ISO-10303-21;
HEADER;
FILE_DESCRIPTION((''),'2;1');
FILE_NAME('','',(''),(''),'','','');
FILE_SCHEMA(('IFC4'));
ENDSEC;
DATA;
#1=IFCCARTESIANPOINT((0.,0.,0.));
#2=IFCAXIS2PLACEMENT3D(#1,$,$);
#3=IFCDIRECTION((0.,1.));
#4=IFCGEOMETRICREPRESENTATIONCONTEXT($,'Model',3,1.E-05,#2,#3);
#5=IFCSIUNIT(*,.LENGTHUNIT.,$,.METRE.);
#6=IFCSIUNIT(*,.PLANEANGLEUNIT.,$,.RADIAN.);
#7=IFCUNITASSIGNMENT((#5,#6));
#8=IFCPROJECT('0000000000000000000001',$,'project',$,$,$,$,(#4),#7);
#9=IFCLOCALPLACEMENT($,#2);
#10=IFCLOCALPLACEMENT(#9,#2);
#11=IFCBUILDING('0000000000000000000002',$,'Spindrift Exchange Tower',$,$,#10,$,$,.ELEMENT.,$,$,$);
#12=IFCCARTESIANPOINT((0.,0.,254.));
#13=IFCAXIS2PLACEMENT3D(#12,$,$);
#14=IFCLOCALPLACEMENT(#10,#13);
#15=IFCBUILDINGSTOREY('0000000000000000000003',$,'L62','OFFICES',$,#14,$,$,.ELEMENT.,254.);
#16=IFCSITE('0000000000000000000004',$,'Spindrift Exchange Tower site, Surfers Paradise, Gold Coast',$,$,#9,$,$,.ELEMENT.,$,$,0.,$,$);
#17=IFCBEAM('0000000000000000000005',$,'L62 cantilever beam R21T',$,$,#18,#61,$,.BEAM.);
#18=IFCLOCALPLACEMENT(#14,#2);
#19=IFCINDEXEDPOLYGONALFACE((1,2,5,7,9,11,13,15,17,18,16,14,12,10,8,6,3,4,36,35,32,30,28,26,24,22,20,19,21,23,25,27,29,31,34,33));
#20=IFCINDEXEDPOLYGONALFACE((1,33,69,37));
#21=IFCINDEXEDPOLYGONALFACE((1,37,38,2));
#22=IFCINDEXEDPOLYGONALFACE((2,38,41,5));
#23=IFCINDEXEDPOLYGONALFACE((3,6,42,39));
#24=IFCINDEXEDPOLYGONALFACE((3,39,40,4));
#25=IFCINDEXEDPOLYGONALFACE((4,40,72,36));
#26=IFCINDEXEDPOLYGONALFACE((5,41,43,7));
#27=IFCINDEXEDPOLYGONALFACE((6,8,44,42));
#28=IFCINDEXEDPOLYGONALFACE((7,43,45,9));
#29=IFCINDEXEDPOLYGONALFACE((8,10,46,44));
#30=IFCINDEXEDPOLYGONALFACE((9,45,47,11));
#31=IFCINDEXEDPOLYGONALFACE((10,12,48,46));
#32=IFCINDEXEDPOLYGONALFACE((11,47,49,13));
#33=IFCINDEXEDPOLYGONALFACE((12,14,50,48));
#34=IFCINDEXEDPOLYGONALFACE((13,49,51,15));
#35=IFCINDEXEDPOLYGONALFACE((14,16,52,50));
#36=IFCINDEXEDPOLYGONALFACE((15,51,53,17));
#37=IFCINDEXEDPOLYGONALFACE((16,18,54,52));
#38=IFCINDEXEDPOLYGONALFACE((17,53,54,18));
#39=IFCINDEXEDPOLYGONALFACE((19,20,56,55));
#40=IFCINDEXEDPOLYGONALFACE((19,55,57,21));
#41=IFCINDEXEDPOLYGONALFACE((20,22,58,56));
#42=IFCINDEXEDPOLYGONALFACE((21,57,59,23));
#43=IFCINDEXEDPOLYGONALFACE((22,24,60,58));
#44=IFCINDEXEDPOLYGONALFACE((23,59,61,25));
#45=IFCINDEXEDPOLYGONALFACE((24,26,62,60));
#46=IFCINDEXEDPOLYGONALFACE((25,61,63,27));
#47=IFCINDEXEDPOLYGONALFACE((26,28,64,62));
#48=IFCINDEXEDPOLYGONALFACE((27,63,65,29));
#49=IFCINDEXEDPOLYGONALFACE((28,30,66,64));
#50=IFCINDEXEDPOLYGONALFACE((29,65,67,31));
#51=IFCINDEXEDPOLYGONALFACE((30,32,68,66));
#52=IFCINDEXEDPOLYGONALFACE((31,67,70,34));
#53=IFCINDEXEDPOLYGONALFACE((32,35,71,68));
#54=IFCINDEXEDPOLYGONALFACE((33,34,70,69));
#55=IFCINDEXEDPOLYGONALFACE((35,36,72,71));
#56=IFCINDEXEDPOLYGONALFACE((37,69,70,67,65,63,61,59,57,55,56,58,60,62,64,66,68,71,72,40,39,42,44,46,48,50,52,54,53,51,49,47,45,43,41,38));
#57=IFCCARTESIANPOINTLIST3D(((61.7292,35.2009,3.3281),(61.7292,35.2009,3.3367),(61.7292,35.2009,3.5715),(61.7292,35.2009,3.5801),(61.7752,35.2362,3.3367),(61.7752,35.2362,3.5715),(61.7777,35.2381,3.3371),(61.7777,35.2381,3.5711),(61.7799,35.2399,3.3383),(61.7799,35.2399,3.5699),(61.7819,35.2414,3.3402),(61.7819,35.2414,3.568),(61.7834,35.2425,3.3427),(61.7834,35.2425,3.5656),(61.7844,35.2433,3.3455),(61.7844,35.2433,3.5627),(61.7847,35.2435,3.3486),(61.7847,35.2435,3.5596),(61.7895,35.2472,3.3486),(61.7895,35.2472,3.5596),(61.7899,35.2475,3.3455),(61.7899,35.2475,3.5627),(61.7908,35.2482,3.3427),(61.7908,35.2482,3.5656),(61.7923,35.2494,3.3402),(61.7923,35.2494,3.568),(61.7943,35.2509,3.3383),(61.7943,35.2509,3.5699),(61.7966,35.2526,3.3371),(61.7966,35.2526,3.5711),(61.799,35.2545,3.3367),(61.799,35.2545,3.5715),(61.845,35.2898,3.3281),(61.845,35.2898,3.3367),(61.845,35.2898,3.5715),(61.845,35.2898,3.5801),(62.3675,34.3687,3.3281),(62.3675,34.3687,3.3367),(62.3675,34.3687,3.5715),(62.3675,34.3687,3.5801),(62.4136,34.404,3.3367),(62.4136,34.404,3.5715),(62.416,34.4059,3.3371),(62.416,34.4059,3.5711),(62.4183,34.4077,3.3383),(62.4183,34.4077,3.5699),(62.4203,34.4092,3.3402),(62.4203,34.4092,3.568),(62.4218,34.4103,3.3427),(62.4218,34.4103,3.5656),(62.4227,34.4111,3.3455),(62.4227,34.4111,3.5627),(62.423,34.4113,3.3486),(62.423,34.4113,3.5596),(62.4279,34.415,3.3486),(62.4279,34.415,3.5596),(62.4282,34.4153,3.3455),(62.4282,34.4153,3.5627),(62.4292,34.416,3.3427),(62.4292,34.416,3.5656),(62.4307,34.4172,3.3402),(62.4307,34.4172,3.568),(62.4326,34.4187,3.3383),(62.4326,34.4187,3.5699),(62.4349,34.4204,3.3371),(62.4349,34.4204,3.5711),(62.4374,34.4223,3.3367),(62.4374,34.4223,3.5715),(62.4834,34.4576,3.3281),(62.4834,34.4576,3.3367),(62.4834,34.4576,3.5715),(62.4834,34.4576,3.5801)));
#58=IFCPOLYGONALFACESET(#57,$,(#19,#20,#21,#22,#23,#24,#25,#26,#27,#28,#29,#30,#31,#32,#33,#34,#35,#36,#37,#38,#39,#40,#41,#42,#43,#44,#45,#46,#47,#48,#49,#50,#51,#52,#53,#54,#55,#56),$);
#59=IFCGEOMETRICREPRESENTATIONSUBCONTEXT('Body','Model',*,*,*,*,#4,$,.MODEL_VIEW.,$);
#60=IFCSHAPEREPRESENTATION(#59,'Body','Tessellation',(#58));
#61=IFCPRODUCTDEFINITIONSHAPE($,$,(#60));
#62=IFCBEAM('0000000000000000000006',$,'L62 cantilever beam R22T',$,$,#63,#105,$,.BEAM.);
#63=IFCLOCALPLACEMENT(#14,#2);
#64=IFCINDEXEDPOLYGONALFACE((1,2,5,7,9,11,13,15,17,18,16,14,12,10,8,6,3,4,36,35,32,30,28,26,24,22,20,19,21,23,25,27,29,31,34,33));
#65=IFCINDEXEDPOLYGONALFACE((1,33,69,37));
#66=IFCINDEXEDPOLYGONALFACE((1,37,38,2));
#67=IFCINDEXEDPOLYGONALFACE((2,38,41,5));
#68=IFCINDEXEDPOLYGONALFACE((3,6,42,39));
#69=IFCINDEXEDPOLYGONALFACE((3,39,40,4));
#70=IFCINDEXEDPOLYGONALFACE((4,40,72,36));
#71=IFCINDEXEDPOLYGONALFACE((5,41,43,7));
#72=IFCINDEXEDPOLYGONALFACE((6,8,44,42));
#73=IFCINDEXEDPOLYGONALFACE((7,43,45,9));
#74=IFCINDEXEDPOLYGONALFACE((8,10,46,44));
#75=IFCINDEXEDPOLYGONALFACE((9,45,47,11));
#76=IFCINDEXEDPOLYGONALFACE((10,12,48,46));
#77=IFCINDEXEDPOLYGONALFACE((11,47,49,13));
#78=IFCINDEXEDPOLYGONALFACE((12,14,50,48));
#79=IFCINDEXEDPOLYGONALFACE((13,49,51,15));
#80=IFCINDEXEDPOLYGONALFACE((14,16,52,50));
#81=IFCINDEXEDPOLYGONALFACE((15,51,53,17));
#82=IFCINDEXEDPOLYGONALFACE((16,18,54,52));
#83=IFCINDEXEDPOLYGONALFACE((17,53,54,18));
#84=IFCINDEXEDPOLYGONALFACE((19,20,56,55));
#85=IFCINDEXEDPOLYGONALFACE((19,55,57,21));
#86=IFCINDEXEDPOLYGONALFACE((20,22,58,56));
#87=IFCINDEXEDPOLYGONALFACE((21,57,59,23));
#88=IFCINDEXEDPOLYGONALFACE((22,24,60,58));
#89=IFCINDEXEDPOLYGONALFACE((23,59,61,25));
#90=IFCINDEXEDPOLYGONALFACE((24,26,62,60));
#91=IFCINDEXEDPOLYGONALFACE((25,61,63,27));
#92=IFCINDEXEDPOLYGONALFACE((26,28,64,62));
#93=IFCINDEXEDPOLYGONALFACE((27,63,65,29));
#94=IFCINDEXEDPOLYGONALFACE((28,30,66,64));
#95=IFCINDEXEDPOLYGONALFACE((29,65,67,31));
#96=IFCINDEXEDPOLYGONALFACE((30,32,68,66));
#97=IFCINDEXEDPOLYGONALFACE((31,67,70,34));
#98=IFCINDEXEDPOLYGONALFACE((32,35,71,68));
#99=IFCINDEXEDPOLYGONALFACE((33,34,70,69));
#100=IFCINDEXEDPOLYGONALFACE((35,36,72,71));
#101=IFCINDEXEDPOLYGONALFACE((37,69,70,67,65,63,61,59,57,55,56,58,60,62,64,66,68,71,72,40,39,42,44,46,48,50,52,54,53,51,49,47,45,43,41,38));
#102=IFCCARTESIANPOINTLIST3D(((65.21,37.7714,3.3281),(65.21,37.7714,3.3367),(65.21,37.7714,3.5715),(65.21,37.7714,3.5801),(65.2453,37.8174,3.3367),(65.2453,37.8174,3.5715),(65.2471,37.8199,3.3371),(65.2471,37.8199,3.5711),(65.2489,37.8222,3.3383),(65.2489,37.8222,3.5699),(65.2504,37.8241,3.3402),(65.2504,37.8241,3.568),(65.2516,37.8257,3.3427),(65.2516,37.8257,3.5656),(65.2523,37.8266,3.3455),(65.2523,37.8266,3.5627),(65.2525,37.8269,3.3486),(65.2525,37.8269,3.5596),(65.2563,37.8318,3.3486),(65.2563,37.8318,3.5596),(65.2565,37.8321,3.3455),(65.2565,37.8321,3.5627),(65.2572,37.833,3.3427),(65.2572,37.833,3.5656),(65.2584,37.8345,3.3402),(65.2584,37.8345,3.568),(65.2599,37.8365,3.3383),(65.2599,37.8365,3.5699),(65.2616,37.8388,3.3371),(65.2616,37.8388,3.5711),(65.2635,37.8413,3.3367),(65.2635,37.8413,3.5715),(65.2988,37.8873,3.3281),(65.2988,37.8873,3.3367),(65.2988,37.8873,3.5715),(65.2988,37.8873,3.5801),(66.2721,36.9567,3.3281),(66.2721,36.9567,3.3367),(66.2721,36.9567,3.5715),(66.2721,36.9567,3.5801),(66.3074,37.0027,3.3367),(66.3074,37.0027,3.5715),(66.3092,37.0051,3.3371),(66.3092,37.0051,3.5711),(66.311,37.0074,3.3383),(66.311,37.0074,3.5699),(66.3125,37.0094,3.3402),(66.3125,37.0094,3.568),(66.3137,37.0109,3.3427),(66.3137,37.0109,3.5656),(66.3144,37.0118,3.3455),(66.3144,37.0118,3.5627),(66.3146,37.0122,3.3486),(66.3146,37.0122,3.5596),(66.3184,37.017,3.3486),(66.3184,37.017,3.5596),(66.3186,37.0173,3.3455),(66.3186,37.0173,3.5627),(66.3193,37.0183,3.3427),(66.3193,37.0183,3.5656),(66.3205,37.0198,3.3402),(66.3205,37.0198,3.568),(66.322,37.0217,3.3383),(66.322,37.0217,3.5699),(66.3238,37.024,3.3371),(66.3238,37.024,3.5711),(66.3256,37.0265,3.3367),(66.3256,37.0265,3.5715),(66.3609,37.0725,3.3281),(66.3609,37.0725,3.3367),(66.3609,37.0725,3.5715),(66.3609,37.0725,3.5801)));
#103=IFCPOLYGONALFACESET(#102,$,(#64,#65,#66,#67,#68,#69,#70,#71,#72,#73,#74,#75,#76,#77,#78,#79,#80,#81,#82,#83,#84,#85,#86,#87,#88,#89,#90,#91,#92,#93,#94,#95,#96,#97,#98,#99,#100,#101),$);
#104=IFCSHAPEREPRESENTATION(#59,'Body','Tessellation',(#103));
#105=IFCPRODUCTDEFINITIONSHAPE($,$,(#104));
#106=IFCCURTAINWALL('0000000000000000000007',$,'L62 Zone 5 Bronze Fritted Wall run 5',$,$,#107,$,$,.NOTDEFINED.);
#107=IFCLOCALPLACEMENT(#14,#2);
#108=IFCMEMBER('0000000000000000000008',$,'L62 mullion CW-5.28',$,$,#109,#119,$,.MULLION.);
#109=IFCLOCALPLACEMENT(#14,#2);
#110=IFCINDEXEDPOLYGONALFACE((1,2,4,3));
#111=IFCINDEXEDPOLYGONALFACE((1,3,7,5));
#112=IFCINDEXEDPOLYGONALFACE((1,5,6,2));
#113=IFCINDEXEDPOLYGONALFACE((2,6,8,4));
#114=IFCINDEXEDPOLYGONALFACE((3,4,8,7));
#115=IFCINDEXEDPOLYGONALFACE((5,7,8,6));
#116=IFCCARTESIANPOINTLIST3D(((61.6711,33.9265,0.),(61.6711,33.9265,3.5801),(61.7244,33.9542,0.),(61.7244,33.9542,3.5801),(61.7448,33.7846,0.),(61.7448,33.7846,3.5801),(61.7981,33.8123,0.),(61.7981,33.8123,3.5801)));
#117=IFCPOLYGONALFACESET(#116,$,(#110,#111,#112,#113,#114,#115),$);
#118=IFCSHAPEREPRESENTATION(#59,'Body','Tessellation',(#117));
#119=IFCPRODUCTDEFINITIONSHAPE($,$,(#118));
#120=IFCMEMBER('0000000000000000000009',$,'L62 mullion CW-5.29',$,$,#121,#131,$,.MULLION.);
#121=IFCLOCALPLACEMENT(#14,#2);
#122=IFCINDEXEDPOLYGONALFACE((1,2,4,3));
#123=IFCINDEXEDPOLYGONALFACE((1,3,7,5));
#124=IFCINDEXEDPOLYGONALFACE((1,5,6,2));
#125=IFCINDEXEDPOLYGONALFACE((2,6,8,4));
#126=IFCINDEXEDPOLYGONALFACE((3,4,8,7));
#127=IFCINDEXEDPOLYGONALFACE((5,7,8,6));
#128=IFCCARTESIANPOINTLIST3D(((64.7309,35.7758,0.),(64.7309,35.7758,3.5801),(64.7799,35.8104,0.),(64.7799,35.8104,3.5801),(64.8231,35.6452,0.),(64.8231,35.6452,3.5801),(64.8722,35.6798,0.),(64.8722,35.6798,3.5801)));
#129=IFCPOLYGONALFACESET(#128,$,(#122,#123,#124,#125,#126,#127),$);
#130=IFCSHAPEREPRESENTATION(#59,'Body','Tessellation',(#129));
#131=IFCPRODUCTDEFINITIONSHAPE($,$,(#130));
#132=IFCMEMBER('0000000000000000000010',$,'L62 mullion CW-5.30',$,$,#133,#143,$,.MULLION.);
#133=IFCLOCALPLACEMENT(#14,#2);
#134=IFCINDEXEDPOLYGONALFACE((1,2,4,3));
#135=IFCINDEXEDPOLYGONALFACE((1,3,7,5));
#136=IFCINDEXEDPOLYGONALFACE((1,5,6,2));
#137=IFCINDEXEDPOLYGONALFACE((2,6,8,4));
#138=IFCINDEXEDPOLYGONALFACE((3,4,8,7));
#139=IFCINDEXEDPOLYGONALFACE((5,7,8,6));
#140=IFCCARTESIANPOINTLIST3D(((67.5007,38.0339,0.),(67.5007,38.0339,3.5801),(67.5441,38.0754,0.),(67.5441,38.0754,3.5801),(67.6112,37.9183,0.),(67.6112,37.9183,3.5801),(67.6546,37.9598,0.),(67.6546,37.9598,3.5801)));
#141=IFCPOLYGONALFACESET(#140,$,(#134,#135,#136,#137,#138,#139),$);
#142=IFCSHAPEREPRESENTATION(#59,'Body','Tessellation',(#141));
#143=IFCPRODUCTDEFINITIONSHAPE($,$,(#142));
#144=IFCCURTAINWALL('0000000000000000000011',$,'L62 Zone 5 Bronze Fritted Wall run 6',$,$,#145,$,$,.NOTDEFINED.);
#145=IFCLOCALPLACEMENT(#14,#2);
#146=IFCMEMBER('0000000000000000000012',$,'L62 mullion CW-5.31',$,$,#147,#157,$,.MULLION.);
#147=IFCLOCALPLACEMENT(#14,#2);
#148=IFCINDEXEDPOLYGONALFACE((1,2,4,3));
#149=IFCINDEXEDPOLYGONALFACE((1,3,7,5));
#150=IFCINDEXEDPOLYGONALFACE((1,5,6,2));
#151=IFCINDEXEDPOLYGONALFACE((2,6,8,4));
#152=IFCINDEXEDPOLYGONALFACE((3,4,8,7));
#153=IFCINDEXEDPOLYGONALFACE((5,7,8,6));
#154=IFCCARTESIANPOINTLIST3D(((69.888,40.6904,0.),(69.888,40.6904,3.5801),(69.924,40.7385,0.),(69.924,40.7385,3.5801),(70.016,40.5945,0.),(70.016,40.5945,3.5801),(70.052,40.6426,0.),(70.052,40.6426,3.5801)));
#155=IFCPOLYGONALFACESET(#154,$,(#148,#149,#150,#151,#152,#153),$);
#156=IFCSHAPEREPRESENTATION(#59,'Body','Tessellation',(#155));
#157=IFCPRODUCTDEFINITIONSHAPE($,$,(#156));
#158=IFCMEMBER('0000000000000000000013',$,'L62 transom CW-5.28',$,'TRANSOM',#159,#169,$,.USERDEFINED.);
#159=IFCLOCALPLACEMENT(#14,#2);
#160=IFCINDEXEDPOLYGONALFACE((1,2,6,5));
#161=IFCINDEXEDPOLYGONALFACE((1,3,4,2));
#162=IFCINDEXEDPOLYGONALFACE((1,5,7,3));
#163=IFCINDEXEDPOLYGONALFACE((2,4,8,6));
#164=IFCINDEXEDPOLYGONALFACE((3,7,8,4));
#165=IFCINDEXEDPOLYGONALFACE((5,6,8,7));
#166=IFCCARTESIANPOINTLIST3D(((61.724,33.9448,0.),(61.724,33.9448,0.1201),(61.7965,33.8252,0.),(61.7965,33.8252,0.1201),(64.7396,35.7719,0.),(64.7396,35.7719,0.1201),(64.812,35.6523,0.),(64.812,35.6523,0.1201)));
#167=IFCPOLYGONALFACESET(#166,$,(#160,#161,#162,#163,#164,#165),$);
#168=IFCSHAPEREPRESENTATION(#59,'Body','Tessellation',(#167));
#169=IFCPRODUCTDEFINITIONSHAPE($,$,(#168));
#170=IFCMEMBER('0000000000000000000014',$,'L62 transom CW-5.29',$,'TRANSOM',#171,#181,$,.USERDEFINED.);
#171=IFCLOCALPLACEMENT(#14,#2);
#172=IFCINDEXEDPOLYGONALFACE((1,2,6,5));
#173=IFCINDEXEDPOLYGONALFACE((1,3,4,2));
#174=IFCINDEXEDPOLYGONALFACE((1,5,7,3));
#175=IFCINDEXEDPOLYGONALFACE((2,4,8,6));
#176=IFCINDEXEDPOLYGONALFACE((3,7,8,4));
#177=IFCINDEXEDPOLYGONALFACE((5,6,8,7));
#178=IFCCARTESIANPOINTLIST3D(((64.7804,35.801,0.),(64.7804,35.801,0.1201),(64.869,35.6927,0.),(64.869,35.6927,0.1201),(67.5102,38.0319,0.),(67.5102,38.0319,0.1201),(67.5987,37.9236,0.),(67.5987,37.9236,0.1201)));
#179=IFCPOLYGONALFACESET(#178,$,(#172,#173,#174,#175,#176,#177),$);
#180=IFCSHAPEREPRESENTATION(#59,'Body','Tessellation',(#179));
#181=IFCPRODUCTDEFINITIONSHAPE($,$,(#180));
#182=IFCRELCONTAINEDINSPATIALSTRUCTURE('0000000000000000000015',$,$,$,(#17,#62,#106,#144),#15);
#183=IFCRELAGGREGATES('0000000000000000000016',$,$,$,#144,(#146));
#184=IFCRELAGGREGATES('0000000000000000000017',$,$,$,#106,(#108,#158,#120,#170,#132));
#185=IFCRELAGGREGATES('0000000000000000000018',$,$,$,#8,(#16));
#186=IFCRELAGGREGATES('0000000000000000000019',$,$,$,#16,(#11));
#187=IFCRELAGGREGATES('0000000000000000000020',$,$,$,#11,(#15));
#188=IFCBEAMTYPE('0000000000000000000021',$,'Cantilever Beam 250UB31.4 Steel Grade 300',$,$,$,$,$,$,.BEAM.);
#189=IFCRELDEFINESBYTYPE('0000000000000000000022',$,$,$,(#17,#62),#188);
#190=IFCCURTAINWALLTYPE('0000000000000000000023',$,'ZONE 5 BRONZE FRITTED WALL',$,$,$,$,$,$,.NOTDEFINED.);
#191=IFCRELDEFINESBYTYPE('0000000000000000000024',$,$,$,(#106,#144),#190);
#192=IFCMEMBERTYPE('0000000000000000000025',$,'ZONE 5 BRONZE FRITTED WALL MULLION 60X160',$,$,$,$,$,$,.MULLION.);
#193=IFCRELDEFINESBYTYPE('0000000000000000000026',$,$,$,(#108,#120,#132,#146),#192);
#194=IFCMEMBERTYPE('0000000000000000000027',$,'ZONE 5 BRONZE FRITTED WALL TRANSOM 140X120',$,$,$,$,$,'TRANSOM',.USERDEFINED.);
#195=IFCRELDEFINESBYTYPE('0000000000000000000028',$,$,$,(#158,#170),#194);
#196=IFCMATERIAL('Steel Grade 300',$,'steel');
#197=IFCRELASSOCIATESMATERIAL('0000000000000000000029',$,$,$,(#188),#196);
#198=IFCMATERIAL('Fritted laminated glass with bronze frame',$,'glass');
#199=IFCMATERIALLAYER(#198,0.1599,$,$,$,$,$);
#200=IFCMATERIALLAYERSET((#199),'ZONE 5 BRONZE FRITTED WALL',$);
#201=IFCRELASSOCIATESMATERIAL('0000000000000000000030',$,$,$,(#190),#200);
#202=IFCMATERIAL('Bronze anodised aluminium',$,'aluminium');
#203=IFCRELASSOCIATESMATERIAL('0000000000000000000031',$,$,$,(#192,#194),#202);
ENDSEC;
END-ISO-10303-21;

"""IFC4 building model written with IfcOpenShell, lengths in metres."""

from ifc_helpers import new_model, si_unit, direction, frame, origin, origin_2d, place, context, subcontext, project, spatial, rectangle, i_section, extrude, source, transform, mapped, material, layer, layer_set, material_profile, profile_set, type_object, element, aggregate, save


model = new_model("IFC4")

# Units and contexts
model_context = context("Model", 3, precision=1e-05, world=origin(), true_north=direction((0.0, 1.0)))
body_context = subcontext(model_context, "Body", "Model", "MODEL_VIEW")
ifc_project = project(units=[si_unit("LENGTHUNIT", "METRE"), si_unit("PLANEANGLEUNIT", "RADIAN")], contexts=[model_context])

# Site, building, storey
site_placement = place(None, origin())
site = spatial("IfcSite", under=ifc_project, at=site_placement, Name="Spindrift Exchange Tower site, Surfers Paradise, Gold Coast", CompositionType="ELEMENT", RefElevation=0.0)
building_placement = place(site_placement, origin())
building = spatial("IfcBuilding", under=site, at=building_placement, Name="Spindrift Exchange Tower", CompositionType="ELEMENT")
storey_placement = place(building_placement, frame((0.0, 0.0, 254.0)))
storey = spatial("IfcBuildingStorey", under=building, at=storey_placement, Name="L62", Description="OFFICES", CompositionType="ELEMENT", Elevation=254.0)

# Beams
ifc_material_1 = material(Name="Steel Grade 300", Category="steel")
ifc_material_profile_1 = material_profile(ifc_material_1, i_section(OverallWidth=0.146, OverallDepth=0.252, WebThickness=0.0061, FlangeThickness=0.0085, FilletRadius=0.012, at=origin_2d()), Name="250UB31.4")
ifc_profile_set_1 = profile_set([ifc_material_profile_1], Name="Steel Grade 300")
beam_type_1 = type_object("IfcBeamType", Name="Cantilever Beam 250UB31.4 Steel Grade 300", PredefinedType="BEAM", material=ifc_profile_set_1)
shared_shape_1 = source(origin(), body_context, "Body", "SweptSolid", [
    extrude(i_section(OverallWidth=0.146, OverallDepth=0.252, WebThickness=0.0061, FlangeThickness=0.0085, FilletRadius=0.012, at=origin_2d()), origin(), (0.0, 0.0, 1.0), 1.0488),
])
beam_1_placement = place(storey_placement, frame((61.7871, 35.2454, 3.4541), z_axis=(0.608642, -0.793445, 0.0), x_axis=(0.793445, 0.608642, 0.0)))
element("IfcBeam", 1, at=beam_1_placement, inside=storey, type_object=beam_type_1, Name="L62 cantilever beam R21T", PredefinedType="BEAM", context=body_context, shape_type="MappedRepresentation", body=[
    mapped(shared_shape_1, transform((0.0, 0.0, 0.0), scale=1.0)),
])
shared_shape_2 = source(origin(), body_context, "Body", "SweptSolid", [
    extrude(i_section(OverallWidth=0.146, OverallDepth=0.252, WebThickness=0.0061, FlangeThickness=0.0085, FilletRadius=0.012, at=origin_2d()), origin(), (0.0, 0.0, 1.0), 1.3386),
])
beam_2_placement = place(storey_placement, frame((65.2544, 37.8293, 3.4541), z_axis=(0.79343, -0.608661, 0.0), x_axis=(0.608661, 0.79343, 0.0)))
element("IfcBeam", 2, at=beam_2_placement, inside=storey, type_object=beam_type_1, Name="L62 cantilever beam R22T", PredefinedType="BEAM", context=body_context, shape_type="MappedRepresentation", body=[
    mapped(shared_shape_2, transform((0.0, 0.0, 0.0), scale=1.0)),
])

# Curtain wall, members
ifc_material_2 = material(Name="Fritted laminated glass with bronze frame", Category="glass")
ifc_layer_1 = layer(ifc_material_2, 0.1599)
ifc_layer_set_1 = layer_set([ifc_layer_1], Name="ZONE 5 BRONZE FRITTED WALL")
curtain_wall_type = type_object("IfcCurtainWallType", Name="ZONE 5 BRONZE FRITTED WALL", PredefinedType="NOTDEFINED", material=ifc_layer_set_1)
curtain_wall_1_placement = place(storey_placement, origin())
curtain_wall_1 = element("IfcCurtainWall", 3, at=curtain_wall_1_placement, inside=storey, type_object=curtain_wall_type, Name="L62 Zone 5 Bronze Fritted Wall run 5", PredefinedType="NOTDEFINED")
ifc_material_3 = material(Name="Bronze anodised aluminium", Category="aluminium")
ifc_material_profile_2 = material_profile(ifc_material_3, rectangle(XDim=0.0601, YDim=0.1599, at=origin_2d()), Name="ZONE 5 BRONZE FRITTED WALL MULLION 60X160")
ifc_profile_set_2 = profile_set([ifc_material_profile_2], Name="Bronze anodised aluminium")
member_type_1 = type_object("IfcMemberType", Name="ZONE 5 BRONZE FRITTED WALL MULLION 60X160", PredefinedType="MULLION", material=ifc_profile_set_2)
shared_shape_3 = source(origin(), body_context, "Body", "SweptSolid", [
    extrude(rectangle(XDim=0.0601, YDim=0.1599, at=origin_2d()), origin(), (0.0, 0.0, 1.0), 3.5801),
])
member_1_placement = place(storey_placement, frame((61.7346, 33.8694, 0.0), z_axis=(0.0, 0.0, 1.0), x_axis=(0.887443, 0.460917, 0.0)))
member_1 = element("IfcMember", 4, at=member_1_placement, type_object=member_type_1, Name="L62 mullion CW-5.28", PredefinedType="MULLION", context=body_context, shape_type="MappedRepresentation", body=[
    mapped(shared_shape_3, transform((0.0, 0.0, 0.0), scale=1.0)),
])
member_2_placement = place(storey_placement, frame((64.8015, 35.7278, 0.0), z_axis=(0.0, 0.0, 1.0), x_axis=(0.816788, 0.576939, 0.0)))
member_2 = element("IfcMember", 5, at=member_2_placement, type_object=member_type_1, Name="L62 mullion CW-5.29", PredefinedType="MULLION", context=body_context, shape_type="MappedRepresentation", body=[
    mapped(shared_shape_3, transform((0.0, 0.0, 0.0), scale=1.0)),
])
member_3_placement = place(storey_placement, frame((67.5776, 37.9968, 0.0), z_axis=(0.0, 0.0, 1.0), x_axis=(0.722978, 0.690871, 0.0)))
member_3 = element("IfcMember", 6, at=member_3_placement, type_object=member_type_1, Name="L62 mullion CW-5.30", PredefinedType="MULLION", context=body_context, shape_type="MappedRepresentation", body=[
    mapped(shared_shape_3, transform((0.0, 0.0, 0.0), scale=1.0)),
])

# Curtain wall, member
curtain_wall_2_placement = place(storey_placement, origin())
curtain_wall_2 = element("IfcCurtainWall", 7, at=curtain_wall_2_placement, inside=storey, type_object=curtain_wall_type, Name="L62 Zone 5 Bronze Fritted Wall run 6", PredefinedType="NOTDEFINED")
member_4_placement = place(storey_placement, frame((69.97, 40.6665, 0.0), z_axis=(0.0, 0.0, 1.0), x_axis=(0.599296, 0.800528, 0.0)))
member_4 = element("IfcMember", 8, at=member_4_placement, type_object=member_type_1, Name="L62 mullion CW-5.31", PredefinedType="MULLION", context=body_context, shape_type="MappedRepresentation", body=[
    mapped(shared_shape_3, transform((0.0, 0.0, 0.0), scale=1.0)),
])

# Members
ifc_material_profile_3 = material_profile(ifc_material_3, rectangle(XDim=0.1399, YDim=0.1201, at=origin_2d()), Name="ZONE 5 BRONZE FRITTED WALL TRANSOM 140X120")
ifc_profile_set_3 = profile_set([ifc_material_profile_3], Name="Bronze anodised aluminium")
member_type_2 = type_object("IfcMemberType", Name="ZONE 5 BRONZE FRITTED WALL TRANSOM 140X120", ElementType="TRANSOM", PredefinedType="USERDEFINED", material=ifc_profile_set_3)
shared_shape_4 = source(origin(), body_context, "Body", "SweptSolid", [
    extrude(rectangle(XDim=0.1399, YDim=0.1201, at=origin_2d()), origin(), (0.0, 0.0, 1.0), 3.5259),
])
member_5_placement = place(storey_placement, frame((61.7603, 33.885, 0.0601), z_axis=(0.855261, 0.518197, 0.0), x_axis=(-0.518197, 0.855261, 0.0)))
member_5 = element("IfcMember", 9, at=member_5_placement, type_object=member_type_2, Name="L62 transom CW-5.28", ObjectType="TRANSOM", PredefinedType="USERDEFINED", context=body_context, shape_type="MappedRepresentation", body=[
    mapped(shared_shape_4, transform((0.0, 0.0, 0.0), scale=1.0)),
])
shared_shape_5 = source(origin(), body_context, "Body", "SweptSolid", [
    extrude(rectangle(XDim=0.1399, YDim=0.1201, at=origin_2d()), origin(), (0.0, 0.0, 1.0), 3.5254),
])
member_6_placement = place(storey_placement, frame((64.8247, 35.7468, 0.0601), z_axis=(0.7743, 0.632819, 0.0), x_axis=(-0.632819, 0.7743, 0.0)))
member_6 = element("IfcMember", 10, at=member_6_placement, type_object=member_type_2, Name="L62 transom CW-5.29", ObjectType="TRANSOM", PredefinedType="USERDEFINED", context=body_context, shape_type="MappedRepresentation", body=[
    mapped(shared_shape_5, transform((0.0, 0.0, 0.0), scale=1.0)),
])
aggregate(curtain_wall_2, [member_4])

aggregate(curtain_wall_1, [member_1, member_5, member_2, member_6, member_3])

save(model, "model.ifc")
